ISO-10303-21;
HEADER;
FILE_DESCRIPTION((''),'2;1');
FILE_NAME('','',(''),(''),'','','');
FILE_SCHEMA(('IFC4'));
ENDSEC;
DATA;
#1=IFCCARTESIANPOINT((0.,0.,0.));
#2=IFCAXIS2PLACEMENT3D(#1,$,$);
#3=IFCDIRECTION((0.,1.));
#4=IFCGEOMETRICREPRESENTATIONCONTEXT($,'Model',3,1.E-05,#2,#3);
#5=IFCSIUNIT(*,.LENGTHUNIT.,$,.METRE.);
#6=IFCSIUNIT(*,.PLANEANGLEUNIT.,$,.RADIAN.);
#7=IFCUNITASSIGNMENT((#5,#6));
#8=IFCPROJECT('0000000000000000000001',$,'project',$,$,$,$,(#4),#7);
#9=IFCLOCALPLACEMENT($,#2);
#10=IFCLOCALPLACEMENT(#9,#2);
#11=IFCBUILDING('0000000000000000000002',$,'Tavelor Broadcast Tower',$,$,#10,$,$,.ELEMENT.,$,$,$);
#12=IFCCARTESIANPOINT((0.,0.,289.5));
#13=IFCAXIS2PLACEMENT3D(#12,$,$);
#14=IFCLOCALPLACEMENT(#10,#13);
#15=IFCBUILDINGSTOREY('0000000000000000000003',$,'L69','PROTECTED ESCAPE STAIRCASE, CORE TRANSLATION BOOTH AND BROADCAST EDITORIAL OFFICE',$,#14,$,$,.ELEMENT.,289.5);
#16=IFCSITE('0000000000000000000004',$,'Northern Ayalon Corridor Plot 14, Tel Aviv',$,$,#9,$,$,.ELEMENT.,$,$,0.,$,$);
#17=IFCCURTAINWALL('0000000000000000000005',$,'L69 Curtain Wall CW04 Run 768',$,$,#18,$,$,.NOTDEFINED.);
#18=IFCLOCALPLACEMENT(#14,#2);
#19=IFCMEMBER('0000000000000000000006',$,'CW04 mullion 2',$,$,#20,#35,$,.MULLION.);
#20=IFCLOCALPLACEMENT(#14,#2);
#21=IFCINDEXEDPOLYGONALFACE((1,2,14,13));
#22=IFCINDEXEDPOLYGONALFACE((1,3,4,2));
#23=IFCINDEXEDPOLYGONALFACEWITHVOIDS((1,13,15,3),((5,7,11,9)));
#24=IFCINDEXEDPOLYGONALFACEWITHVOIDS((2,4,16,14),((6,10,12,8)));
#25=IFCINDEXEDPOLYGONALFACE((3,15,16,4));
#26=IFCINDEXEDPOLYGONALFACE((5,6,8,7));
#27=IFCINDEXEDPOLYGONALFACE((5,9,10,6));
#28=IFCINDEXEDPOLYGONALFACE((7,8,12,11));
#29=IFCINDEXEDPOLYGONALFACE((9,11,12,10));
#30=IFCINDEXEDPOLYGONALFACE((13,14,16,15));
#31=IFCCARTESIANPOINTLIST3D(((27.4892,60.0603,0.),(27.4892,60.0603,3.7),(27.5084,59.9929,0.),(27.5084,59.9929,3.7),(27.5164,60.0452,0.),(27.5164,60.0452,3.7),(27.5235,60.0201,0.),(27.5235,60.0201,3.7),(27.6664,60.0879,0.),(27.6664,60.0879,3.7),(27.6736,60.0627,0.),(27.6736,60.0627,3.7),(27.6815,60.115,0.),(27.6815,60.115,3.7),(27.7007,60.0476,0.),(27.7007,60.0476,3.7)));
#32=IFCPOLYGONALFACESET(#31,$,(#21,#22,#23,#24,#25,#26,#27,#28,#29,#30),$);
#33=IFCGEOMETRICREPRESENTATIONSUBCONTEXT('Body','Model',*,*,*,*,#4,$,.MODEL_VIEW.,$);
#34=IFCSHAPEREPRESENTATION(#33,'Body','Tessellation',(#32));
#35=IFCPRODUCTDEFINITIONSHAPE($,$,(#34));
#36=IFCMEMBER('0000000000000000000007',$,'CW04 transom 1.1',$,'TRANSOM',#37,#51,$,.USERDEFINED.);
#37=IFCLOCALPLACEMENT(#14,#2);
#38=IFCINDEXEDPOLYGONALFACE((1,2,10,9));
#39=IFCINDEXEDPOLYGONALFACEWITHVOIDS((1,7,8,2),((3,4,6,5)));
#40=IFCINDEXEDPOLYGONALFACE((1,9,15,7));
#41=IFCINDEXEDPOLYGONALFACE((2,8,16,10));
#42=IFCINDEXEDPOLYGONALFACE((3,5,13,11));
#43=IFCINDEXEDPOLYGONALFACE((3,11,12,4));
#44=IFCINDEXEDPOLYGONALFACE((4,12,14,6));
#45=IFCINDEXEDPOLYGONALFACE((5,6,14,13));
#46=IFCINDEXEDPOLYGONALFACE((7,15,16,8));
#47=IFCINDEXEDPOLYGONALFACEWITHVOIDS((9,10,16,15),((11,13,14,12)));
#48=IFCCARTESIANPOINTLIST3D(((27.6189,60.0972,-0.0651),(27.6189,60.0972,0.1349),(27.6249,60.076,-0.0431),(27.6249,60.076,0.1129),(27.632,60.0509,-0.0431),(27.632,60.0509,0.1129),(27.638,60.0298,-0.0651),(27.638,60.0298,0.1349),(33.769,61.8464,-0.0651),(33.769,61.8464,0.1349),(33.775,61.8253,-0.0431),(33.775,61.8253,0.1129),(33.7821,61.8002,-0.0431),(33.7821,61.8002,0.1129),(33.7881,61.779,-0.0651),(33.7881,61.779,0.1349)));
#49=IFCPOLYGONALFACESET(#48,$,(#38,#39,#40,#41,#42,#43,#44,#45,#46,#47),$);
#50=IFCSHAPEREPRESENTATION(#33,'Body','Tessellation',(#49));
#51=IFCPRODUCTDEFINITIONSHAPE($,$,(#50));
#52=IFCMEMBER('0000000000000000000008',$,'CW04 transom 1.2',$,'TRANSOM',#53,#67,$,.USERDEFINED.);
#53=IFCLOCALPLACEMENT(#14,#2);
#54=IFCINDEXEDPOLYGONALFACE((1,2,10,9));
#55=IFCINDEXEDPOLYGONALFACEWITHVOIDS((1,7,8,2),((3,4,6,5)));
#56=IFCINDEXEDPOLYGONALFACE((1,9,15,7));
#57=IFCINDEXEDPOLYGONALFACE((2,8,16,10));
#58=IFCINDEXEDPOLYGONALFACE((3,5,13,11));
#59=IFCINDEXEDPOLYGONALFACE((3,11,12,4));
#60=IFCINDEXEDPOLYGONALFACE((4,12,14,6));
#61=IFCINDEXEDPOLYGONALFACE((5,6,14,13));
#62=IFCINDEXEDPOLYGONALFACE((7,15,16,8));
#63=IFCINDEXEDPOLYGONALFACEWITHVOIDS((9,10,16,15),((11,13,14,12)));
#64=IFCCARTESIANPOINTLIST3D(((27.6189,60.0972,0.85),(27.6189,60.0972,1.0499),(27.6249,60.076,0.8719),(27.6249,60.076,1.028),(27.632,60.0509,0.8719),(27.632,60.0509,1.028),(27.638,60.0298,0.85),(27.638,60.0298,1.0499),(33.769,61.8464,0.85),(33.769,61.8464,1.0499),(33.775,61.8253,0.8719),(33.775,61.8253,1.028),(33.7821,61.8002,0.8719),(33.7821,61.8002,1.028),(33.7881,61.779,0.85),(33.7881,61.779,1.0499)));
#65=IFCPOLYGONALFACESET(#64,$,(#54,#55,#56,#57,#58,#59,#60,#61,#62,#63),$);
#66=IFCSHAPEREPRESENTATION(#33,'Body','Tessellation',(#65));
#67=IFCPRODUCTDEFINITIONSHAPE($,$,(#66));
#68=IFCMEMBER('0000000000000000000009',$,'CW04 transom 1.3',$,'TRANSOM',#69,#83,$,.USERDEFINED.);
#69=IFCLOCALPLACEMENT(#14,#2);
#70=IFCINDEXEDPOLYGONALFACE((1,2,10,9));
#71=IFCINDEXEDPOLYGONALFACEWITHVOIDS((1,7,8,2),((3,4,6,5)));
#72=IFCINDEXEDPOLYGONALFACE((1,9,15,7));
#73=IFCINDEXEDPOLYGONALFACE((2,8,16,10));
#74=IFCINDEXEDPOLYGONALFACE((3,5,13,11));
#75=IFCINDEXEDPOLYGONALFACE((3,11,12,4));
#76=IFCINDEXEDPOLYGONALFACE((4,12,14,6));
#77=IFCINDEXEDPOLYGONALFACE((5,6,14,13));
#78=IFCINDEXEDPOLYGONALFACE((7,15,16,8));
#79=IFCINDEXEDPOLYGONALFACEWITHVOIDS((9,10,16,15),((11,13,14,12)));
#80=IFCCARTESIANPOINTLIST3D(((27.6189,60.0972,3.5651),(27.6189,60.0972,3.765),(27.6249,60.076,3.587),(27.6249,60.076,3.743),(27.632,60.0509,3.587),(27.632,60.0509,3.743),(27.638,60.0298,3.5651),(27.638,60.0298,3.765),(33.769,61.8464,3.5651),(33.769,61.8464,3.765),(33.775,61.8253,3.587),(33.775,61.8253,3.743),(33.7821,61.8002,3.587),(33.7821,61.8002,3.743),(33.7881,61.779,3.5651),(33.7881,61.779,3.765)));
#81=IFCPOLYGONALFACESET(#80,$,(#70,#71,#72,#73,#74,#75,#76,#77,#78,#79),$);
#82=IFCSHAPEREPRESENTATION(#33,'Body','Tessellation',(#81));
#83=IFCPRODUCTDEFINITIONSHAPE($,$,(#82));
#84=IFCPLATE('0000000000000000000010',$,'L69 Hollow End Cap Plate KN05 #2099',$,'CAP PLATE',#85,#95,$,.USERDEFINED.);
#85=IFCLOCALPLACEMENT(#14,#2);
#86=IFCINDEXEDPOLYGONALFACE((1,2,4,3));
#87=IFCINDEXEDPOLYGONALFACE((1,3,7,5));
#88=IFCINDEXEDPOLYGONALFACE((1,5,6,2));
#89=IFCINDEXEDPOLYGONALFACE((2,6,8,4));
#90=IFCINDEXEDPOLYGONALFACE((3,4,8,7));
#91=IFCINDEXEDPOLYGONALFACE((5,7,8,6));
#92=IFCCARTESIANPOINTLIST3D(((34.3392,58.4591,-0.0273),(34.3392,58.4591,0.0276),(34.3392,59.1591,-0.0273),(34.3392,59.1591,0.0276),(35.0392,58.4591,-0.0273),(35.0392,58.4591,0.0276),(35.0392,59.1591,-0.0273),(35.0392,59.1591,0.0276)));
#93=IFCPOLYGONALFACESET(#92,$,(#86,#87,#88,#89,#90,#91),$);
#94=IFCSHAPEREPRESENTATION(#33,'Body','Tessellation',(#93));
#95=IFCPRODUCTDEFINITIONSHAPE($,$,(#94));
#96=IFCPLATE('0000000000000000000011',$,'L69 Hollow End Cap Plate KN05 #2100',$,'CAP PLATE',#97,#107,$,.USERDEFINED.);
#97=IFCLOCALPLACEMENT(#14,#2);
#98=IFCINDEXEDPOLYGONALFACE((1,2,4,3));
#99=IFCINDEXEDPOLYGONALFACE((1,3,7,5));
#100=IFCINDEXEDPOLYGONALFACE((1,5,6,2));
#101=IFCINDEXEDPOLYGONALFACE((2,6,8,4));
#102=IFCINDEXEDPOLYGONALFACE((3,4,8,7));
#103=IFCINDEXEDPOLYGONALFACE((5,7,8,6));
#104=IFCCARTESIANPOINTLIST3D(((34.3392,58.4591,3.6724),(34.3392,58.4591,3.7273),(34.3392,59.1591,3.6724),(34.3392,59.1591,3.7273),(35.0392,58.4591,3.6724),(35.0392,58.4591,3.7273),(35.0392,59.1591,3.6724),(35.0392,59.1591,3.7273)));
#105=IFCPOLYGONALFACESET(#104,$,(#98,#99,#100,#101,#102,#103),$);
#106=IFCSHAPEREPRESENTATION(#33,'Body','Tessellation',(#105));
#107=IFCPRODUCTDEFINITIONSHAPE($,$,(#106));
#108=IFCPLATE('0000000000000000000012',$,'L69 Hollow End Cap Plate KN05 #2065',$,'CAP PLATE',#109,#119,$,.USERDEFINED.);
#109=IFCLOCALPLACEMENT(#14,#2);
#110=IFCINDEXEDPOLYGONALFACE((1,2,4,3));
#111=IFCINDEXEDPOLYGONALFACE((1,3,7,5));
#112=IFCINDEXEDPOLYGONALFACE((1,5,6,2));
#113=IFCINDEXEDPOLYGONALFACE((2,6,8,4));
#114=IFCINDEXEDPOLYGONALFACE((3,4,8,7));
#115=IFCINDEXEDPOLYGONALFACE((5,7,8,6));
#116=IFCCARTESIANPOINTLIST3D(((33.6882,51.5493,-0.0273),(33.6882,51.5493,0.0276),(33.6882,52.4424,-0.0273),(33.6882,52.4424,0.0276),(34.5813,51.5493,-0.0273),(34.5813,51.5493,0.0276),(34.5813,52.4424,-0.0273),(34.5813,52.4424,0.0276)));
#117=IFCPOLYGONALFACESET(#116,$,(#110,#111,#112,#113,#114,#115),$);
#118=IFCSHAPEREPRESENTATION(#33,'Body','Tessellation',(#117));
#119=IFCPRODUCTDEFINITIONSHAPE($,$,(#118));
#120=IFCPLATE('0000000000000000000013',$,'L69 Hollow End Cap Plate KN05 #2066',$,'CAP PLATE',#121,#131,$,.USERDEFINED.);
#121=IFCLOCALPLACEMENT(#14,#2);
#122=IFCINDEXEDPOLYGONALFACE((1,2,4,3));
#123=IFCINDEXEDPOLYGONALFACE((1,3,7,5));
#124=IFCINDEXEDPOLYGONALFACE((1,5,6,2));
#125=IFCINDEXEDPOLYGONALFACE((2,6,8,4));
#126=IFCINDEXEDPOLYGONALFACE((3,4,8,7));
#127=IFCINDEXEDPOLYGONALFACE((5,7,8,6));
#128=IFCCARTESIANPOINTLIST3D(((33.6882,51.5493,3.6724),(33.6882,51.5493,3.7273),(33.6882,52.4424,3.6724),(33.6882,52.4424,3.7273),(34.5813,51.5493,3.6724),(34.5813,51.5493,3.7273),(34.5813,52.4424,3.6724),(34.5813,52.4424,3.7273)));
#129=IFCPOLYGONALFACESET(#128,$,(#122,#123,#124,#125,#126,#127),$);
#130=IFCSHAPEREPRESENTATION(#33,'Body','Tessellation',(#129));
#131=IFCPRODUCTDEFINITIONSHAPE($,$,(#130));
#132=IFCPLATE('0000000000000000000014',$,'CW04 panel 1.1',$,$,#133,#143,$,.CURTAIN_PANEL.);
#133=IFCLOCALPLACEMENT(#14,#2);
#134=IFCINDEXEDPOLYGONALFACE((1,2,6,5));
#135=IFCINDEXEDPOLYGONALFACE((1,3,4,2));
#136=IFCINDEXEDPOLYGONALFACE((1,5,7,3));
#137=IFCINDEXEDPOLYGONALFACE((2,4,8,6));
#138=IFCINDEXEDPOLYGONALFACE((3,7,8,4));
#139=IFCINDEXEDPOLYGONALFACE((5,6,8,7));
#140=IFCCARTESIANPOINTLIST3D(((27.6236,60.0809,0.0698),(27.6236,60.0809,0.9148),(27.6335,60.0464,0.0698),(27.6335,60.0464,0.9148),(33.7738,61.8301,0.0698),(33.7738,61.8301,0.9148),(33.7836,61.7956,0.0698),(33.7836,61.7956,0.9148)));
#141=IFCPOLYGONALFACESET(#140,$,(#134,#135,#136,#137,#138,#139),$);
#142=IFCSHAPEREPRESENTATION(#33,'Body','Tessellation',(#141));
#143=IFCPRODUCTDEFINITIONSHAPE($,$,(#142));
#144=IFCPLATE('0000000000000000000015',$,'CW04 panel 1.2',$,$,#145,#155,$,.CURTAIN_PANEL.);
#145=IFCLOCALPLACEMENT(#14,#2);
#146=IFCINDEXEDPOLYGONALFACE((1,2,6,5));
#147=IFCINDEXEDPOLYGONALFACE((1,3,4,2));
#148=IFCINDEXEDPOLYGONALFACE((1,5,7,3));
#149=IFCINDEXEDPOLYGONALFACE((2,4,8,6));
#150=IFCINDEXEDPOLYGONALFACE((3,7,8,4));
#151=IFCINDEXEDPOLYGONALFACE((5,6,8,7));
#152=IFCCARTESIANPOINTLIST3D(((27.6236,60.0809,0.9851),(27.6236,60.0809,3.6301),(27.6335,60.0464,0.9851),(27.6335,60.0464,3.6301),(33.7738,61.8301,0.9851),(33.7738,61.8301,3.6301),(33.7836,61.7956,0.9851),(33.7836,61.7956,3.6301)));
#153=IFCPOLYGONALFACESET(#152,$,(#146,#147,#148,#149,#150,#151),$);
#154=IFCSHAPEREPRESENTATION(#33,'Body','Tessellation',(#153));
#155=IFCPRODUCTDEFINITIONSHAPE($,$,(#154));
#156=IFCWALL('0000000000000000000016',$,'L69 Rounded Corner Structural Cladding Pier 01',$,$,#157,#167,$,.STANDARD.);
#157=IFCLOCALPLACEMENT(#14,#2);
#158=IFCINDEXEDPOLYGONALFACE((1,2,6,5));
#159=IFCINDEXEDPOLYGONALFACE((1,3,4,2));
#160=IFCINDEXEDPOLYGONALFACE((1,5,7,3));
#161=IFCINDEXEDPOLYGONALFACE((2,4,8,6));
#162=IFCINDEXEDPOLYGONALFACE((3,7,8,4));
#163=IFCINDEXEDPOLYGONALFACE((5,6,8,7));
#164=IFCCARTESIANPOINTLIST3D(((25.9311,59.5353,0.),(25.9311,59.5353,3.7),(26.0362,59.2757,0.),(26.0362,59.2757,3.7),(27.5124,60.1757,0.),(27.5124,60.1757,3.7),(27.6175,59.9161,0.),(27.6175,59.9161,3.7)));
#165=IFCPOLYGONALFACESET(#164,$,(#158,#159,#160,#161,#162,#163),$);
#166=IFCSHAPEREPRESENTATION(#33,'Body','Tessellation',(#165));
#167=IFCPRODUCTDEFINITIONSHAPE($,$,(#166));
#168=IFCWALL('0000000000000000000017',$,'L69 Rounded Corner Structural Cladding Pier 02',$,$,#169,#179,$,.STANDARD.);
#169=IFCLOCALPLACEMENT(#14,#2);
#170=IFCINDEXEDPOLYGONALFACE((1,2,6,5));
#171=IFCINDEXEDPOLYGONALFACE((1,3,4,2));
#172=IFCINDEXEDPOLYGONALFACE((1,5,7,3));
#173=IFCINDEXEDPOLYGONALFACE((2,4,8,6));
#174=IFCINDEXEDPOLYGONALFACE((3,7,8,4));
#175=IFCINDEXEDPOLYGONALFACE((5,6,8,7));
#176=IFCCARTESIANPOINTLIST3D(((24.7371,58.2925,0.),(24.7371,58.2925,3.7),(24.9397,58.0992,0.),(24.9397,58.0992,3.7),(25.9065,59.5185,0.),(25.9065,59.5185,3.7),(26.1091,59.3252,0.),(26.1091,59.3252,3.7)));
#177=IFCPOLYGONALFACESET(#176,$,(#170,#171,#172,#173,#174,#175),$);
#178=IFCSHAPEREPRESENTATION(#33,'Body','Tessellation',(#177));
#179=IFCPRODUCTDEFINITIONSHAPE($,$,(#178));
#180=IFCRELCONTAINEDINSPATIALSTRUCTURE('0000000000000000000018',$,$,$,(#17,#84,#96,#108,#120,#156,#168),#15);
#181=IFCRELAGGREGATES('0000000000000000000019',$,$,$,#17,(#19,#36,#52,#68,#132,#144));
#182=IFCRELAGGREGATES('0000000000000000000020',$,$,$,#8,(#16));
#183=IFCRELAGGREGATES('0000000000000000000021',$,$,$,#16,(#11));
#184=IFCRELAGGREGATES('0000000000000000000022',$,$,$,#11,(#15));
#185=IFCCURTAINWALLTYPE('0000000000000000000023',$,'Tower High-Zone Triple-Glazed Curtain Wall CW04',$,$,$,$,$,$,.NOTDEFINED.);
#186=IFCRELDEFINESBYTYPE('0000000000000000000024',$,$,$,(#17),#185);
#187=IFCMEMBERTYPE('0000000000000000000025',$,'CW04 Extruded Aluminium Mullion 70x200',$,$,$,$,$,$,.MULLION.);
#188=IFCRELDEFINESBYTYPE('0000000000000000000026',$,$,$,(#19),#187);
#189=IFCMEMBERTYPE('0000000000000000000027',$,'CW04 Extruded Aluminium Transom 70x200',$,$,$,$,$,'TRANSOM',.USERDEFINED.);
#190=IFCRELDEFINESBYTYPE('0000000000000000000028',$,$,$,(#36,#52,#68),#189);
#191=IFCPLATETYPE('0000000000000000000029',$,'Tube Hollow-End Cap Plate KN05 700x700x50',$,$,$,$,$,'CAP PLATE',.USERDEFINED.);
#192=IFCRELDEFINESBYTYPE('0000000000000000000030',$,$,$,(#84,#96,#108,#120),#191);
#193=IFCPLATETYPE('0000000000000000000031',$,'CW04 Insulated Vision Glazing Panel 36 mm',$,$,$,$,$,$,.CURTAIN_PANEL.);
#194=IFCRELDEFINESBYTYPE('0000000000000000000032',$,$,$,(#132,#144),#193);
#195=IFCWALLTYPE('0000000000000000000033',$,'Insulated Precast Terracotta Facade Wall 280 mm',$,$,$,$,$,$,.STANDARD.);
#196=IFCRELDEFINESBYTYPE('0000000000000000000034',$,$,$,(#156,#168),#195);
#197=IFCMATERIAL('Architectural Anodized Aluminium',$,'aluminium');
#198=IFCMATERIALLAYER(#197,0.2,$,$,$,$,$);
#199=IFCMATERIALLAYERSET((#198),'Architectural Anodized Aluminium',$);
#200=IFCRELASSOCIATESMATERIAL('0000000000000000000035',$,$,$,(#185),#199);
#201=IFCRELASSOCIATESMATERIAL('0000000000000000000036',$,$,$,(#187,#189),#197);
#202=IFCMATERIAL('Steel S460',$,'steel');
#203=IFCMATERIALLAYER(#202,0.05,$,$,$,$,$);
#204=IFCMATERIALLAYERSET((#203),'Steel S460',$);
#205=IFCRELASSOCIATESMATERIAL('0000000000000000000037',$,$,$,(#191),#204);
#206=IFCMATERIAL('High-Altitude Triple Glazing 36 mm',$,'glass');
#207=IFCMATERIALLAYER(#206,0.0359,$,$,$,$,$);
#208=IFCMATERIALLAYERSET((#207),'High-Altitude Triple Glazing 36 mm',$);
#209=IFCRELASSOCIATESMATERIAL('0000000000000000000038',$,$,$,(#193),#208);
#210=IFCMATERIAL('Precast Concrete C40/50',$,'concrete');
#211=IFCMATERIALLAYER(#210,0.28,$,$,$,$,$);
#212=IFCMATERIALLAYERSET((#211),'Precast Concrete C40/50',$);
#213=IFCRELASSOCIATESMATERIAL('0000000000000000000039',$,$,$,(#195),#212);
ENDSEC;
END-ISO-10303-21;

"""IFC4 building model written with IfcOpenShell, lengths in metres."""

from ifc_helpers import new_model, si_unit, direction, frame, frame_2d, origin, origin_2d, place, context, subcontext, project, spatial, rectangle, hollow_rectangle, extrude, source, transform, mapped, material, layer, layer_set, material_profile, profile_set, type_object, type_shapes, element, aggregate, save


model = new_model("IFC4")

# Units and contexts
model_context = context("Model", 3, precision=1e-05, world=origin(), true_north=direction((0.0, 1.0)))
body_context = subcontext(model_context, "Body", "Model", "MODEL_VIEW")
ifc_project = project(units=[si_unit("LENGTHUNIT", "METRE"), si_unit("PLANEANGLEUNIT", "RADIAN")], contexts=[model_context])

# Site, building, storey
site_placement = place(None, origin())
site = spatial("IfcSite", under=ifc_project, at=site_placement, Name="Northern Ayalon Corridor Plot 14, Tel Aviv", CompositionType="ELEMENT", RefElevation=0.0)
building_placement = place(site_placement, origin())
building = spatial("IfcBuilding", under=site, at=building_placement, Name="Tavelor Broadcast Tower", CompositionType="ELEMENT")
storey_placement = place(building_placement, frame((0.0, 0.0, 289.5)))
storey = spatial("IfcBuildingStorey", under=building, at=storey_placement, Name="L69", Description="PROTECTED ESCAPE STAIRCASE, CORE TRANSLATION BOOTH AND BROADCAST EDITORIAL OFFICE", CompositionType="ELEMENT", Elevation=289.5)

# Shared definitions
ifc_material_1 = material(Name="Steel S460", Category="steel")

# Shared definitions
ifc_material_2 = material(Name="Architectural Anodized Aluminium", Category="aluminium")
ifc_layer_1 = layer(ifc_material_2, 0.2)
ifc_layer_set_1 = layer_set([ifc_layer_1], Name="Architectural Anodized Aluminium")
curtain_wall_type = type_object("IfcCurtainWallType", Name="Tower High-Zone Triple-Glazed Curtain Wall CW04", PredefinedType="NOTDEFINED", material=ifc_layer_set_1)
ifc_material_profile_1 = material_profile(ifc_material_2, hollow_rectangle(XDim=0.0701, YDim=0.2, WallThickness=0.022, at=origin_2d()), Name="RHS 70x200x22")
ifc_profile_set_1 = profile_set([ifc_material_profile_1], Name="Architectural Anodized Aluminium")
member_type_1 = type_object("IfcMemberType", Name="CW04 Extruded Aluminium Mullion 70x200", PredefinedType="MULLION", material=ifc_profile_set_1)
shared_shape_1 = source(origin(), body_context, "Body", "SweptSolid", [
    extrude(hollow_rectangle(XDim=0.0701, YDim=0.2, WallThickness=0.022, at=origin_2d()), origin(), (0.0, 0.0, 1.0), 3.7),
])
type_shapes(member_type_1, [shared_shape_1])

# Curtain wall, members
curtain_wall_1_placement = place(storey_placement, origin())
curtain_wall_1 = element("IfcCurtainWall", 1, at=curtain_wall_1_placement, inside=storey, type_object=curtain_wall_type, Name="L69 Curtain Wall CW04 Run 768", PredefinedType="NOTDEFINED")
member_1_placement = place(storey_placement, frame((27.595, 60.054, 0.0), z_axis=(0.0, 0.0, 1.0), x_axis=(0.273567, -0.961853, 0.0)))
member_1 = element("IfcMember", 2, at=member_1_placement, type_object=member_type_1, Name="CW04 mullion 2", PredefinedType="MULLION", context=body_context, shape_type="MappedRepresentation", body=[
    mapped(shared_shape_1, transform((0.0, 0.0, 0.0), scale=1.0)),
])
ifc_material_profile_2 = material_profile(ifc_material_2, hollow_rectangle(XDim=0.0701, YDim=0.2, WallThickness=0.022, at=origin_2d()), Name="RHS 70x200x22")
ifc_profile_set_2 = profile_set([ifc_material_profile_2], Name="Architectural Anodized Aluminium")
member_type_2 = type_object("IfcMemberType", Name="CW04 Extruded Aluminium Transom 70x200", ElementType="TRANSOM", PredefinedType="USERDEFINED", material=ifc_profile_set_2)
shared_shape_2 = source(origin(), body_context, "Body", "SweptSolid", [
    extrude(hollow_rectangle(XDim=0.0701, YDim=0.2, WallThickness=0.022, at=origin_2d()), origin(), (0.0, 0.0, 1.0), 6.394),
])
type_shapes(member_type_2, [shared_shape_2])
member_2_placement = place(storey_placement, frame((33.7786, 61.8127, 0.0349), z_axis=(-0.96185, -0.273576, 0.0), x_axis=(0.273576, -0.96185, 0.0)))
member_2 = element("IfcMember", 3, at=member_2_placement, type_object=member_type_2, Name="CW04 transom 1.1", ObjectType="TRANSOM", PredefinedType="USERDEFINED", context=body_context, shape_type="MappedRepresentation", body=[
    mapped(shared_shape_2, transform((0.0, 0.0, 0.0), scale=1.0)),
])
member_3_placement = place(storey_placement, frame((33.7786, 61.8127, 0.95), z_axis=(-0.96185, -0.273576, 0.0), x_axis=(0.273576, -0.96185, 0.0)))
member_3 = element("IfcMember", 4, at=member_3_placement, type_object=member_type_2, Name="CW04 transom 1.2", ObjectType="TRANSOM", PredefinedType="USERDEFINED", context=body_context, shape_type="MappedRepresentation", body=[
    mapped(shared_shape_2, transform((0.0, 0.0, 0.0), scale=1.0)),
])
member_4_placement = place(storey_placement, frame((33.7786, 61.8127, 3.665), z_axis=(-0.96185, -0.273576, 0.0), x_axis=(0.273576, -0.96185, 0.0)))
member_4 = element("IfcMember", 5, at=member_4_placement, type_object=member_type_2, Name="CW04 transom 1.3", ObjectType="TRANSOM", PredefinedType="USERDEFINED", context=body_context, shape_type="MappedRepresentation", body=[
    mapped(shared_shape_2, transform((0.0, 0.0, 0.0), scale=1.0)),
])

# Plates
ifc_layer_2 = layer(ifc_material_1, 0.05)
ifc_layer_set_2 = layer_set([ifc_layer_2], Name="Steel S460")
plate_type_1 = type_object("IfcPlateType", Name="Tube Hollow-End Cap Plate KN05 700x700x50", ElementType="CAP PLATE", PredefinedType="USERDEFINED", material=ifc_layer_set_2)
shared_shape_3 = source(origin(), body_context, "Body", "SweptSolid", [
    extrude(rectangle(XDim=0.7, YDim=0.7, at=origin_2d()), origin(), (0.0, 0.0, 1.0), 0.0549),
])
for number, where, z_axis, x_axis, name in (
    (6, (34.6892, 58.8091, -0.0273), (0.0, 0.0, 1.0), (1.0, 0.0, 0.0), "L69 Hollow End Cap Plate KN05 #2099"),
    (7, (34.6892, 58.8091, 3.6724), (0.0, 0.0, 1.0), (1.0, 0.0, 0.0), "L69 Hollow End Cap Plate KN05 #2100"),
):
    element("IfcPlate", number, at=place(storey_placement, frame(where, z_axis=z_axis, x_axis=x_axis)), inside=storey, type_object=plate_type_1, Name=name, ObjectType="CAP PLATE", PredefinedType="USERDEFINED", context=body_context, shape_type="MappedRepresentation", body=[
        mapped(shared_shape_3, transform((0.0, 0.0, 0.0), scale=1.0)),
    ])
shared_shape_4 = source(origin(), body_context, "Body", "SweptSolid", [
    extrude(rectangle(XDim=0.8931, YDim=0.8931, at=origin_2d()), origin(), (0.0, 0.0, 1.0), 0.0549),
])
type_shapes(plate_type_1, [shared_shape_3, shared_shape_4])
for number, where, z_axis, x_axis, name in (
    (8, (34.1348, 51.9958, -0.0273), (0.0, 0.0, 1.0), (1.0, 0.0, 0.0), "L69 Hollow End Cap Plate KN05 #2065"),
    (9, (34.1348, 51.9958, 3.6724), (0.0, 0.0, 1.0), (1.0, 0.0, 0.0), "L69 Hollow End Cap Plate KN05 #2066"),
):
    element("IfcPlate", number, at=place(storey_placement, frame(where, z_axis=z_axis, x_axis=x_axis)), inside=storey, type_object=plate_type_1, Name=name, ObjectType="CAP PLATE", PredefinedType="USERDEFINED", context=body_context, shape_type="MappedRepresentation", body=[
        mapped(shared_shape_4, transform((0.0, 0.0, 0.0), scale=1.0)),
    ])

# Plates
ifc_material_3 = material(Name="High-Altitude Triple Glazing 36 mm", Category="glass")
ifc_layer_3 = layer(ifc_material_3, 0.0359)
ifc_layer_set_3 = layer_set([ifc_layer_3], Name="High-Altitude Triple Glazing 36 mm")
plate_type_2 = type_object("IfcPlateType", Name="CW04 Insulated Vision Glazing Panel 36 mm", PredefinedType="CURTAIN_PANEL", material=ifc_layer_set_3)
shared_shape_5 = source(origin(), body_context, "Body", "SweptSolid", [
    extrude(rectangle(XDim=6.394, YDim=0.0359, at=origin_2d()), origin(), (0.0, 0.0, 1.0), 0.845),
])
plate_1_placement = place(storey_placement, frame((30.7036, 60.9382, 0.0698), z_axis=(0.0, 0.0, 1.0), x_axis=(-0.961853, -0.273567, 0.0)))
plate_1 = element("IfcPlate", 10, at=plate_1_placement, type_object=plate_type_2, Name="CW04 panel 1.1", PredefinedType="CURTAIN_PANEL", context=body_context, shape_type="MappedRepresentation", body=[
    mapped(shared_shape_5, transform((0.0, 0.0, 0.0), scale=1.0)),
])
shared_shape_6 = source(origin(), body_context, "Body", "SweptSolid", [
    extrude(rectangle(XDim=6.394, YDim=0.0359, at=origin_2d()), origin(), (0.0, 0.0, 1.0), 2.645),
])
type_shapes(plate_type_2, [shared_shape_5, shared_shape_6])
plate_2_placement = place(storey_placement, frame((30.7036, 60.9382, 0.9851), z_axis=(0.0, 0.0, 1.0), x_axis=(-0.961853, -0.273567, 0.0)))
plate_2 = element("IfcPlate", 11, at=plate_2_placement, type_object=plate_type_2, Name="CW04 panel 1.2", PredefinedType="CURTAIN_PANEL", context=body_context, shape_type="MappedRepresentation", body=[
    mapped(shared_shape_6, transform((0.0, 0.0, 0.0), scale=1.0)),
])
aggregate(curtain_wall_1, [member_1, member_2, member_3, member_4, plate_1, plate_2])

# Walls
ifc_material_4 = material(Name="Precast Concrete C40/50", Category="concrete")
ifc_layer_4 = layer(ifc_material_4, 0.28)
ifc_layer_set_4 = layer_set([ifc_layer_4], Name="Precast Concrete C40/50")
wall_type_1 = type_object("IfcWallType", Name="Insulated Precast Terracotta Facade Wall 280 mm", PredefinedType="STANDARD", material=ifc_layer_set_4)
wall_1_placement = place(storey_placement, frame((27.5649, 60.0459, 0.0), z_axis=(0.0, 0.0, 1.0), x_axis=(-0.926879, -0.37536, 0.0)))
element("IfcWall", 12, at=wall_1_placement, inside=storey, type_object=wall_type_1, Name="L69 Rounded Corner Structural Cladding Pier 01", PredefinedType="STANDARD", context=body_context, shape_type="SweptSolid", body=[
    extrude(rectangle(XDim=1.7061, YDim=0.28, at=frame_2d((0.853, 0.0))), origin(), (0.0, 0.0, 1.0), 3.7),
])
for number, where, z_axis, x_axis, name in (
    (13, (26.0078, 59.4219, 0.0), (0.0, 0.0, 1.0), (-0.690195, -0.723624, 0.0), "L69 Rounded Corner Structural Cladding Pier 02"),
):
    element("IfcWall", number, at=place(storey_placement, frame(where, z_axis=z_axis, x_axis=x_axis)), inside=storey, type_object=wall_type_1, Name=name, PredefinedType="STANDARD", context=body_context, shape_type="SweptSolid", body=[
        extrude(rectangle(XDim=1.6943, YDim=0.28, at=frame_2d((0.8472, 0.0))), origin(), (0.0, 0.0, 1.0), 3.7),
    ])

save(model, "model.ifc")
